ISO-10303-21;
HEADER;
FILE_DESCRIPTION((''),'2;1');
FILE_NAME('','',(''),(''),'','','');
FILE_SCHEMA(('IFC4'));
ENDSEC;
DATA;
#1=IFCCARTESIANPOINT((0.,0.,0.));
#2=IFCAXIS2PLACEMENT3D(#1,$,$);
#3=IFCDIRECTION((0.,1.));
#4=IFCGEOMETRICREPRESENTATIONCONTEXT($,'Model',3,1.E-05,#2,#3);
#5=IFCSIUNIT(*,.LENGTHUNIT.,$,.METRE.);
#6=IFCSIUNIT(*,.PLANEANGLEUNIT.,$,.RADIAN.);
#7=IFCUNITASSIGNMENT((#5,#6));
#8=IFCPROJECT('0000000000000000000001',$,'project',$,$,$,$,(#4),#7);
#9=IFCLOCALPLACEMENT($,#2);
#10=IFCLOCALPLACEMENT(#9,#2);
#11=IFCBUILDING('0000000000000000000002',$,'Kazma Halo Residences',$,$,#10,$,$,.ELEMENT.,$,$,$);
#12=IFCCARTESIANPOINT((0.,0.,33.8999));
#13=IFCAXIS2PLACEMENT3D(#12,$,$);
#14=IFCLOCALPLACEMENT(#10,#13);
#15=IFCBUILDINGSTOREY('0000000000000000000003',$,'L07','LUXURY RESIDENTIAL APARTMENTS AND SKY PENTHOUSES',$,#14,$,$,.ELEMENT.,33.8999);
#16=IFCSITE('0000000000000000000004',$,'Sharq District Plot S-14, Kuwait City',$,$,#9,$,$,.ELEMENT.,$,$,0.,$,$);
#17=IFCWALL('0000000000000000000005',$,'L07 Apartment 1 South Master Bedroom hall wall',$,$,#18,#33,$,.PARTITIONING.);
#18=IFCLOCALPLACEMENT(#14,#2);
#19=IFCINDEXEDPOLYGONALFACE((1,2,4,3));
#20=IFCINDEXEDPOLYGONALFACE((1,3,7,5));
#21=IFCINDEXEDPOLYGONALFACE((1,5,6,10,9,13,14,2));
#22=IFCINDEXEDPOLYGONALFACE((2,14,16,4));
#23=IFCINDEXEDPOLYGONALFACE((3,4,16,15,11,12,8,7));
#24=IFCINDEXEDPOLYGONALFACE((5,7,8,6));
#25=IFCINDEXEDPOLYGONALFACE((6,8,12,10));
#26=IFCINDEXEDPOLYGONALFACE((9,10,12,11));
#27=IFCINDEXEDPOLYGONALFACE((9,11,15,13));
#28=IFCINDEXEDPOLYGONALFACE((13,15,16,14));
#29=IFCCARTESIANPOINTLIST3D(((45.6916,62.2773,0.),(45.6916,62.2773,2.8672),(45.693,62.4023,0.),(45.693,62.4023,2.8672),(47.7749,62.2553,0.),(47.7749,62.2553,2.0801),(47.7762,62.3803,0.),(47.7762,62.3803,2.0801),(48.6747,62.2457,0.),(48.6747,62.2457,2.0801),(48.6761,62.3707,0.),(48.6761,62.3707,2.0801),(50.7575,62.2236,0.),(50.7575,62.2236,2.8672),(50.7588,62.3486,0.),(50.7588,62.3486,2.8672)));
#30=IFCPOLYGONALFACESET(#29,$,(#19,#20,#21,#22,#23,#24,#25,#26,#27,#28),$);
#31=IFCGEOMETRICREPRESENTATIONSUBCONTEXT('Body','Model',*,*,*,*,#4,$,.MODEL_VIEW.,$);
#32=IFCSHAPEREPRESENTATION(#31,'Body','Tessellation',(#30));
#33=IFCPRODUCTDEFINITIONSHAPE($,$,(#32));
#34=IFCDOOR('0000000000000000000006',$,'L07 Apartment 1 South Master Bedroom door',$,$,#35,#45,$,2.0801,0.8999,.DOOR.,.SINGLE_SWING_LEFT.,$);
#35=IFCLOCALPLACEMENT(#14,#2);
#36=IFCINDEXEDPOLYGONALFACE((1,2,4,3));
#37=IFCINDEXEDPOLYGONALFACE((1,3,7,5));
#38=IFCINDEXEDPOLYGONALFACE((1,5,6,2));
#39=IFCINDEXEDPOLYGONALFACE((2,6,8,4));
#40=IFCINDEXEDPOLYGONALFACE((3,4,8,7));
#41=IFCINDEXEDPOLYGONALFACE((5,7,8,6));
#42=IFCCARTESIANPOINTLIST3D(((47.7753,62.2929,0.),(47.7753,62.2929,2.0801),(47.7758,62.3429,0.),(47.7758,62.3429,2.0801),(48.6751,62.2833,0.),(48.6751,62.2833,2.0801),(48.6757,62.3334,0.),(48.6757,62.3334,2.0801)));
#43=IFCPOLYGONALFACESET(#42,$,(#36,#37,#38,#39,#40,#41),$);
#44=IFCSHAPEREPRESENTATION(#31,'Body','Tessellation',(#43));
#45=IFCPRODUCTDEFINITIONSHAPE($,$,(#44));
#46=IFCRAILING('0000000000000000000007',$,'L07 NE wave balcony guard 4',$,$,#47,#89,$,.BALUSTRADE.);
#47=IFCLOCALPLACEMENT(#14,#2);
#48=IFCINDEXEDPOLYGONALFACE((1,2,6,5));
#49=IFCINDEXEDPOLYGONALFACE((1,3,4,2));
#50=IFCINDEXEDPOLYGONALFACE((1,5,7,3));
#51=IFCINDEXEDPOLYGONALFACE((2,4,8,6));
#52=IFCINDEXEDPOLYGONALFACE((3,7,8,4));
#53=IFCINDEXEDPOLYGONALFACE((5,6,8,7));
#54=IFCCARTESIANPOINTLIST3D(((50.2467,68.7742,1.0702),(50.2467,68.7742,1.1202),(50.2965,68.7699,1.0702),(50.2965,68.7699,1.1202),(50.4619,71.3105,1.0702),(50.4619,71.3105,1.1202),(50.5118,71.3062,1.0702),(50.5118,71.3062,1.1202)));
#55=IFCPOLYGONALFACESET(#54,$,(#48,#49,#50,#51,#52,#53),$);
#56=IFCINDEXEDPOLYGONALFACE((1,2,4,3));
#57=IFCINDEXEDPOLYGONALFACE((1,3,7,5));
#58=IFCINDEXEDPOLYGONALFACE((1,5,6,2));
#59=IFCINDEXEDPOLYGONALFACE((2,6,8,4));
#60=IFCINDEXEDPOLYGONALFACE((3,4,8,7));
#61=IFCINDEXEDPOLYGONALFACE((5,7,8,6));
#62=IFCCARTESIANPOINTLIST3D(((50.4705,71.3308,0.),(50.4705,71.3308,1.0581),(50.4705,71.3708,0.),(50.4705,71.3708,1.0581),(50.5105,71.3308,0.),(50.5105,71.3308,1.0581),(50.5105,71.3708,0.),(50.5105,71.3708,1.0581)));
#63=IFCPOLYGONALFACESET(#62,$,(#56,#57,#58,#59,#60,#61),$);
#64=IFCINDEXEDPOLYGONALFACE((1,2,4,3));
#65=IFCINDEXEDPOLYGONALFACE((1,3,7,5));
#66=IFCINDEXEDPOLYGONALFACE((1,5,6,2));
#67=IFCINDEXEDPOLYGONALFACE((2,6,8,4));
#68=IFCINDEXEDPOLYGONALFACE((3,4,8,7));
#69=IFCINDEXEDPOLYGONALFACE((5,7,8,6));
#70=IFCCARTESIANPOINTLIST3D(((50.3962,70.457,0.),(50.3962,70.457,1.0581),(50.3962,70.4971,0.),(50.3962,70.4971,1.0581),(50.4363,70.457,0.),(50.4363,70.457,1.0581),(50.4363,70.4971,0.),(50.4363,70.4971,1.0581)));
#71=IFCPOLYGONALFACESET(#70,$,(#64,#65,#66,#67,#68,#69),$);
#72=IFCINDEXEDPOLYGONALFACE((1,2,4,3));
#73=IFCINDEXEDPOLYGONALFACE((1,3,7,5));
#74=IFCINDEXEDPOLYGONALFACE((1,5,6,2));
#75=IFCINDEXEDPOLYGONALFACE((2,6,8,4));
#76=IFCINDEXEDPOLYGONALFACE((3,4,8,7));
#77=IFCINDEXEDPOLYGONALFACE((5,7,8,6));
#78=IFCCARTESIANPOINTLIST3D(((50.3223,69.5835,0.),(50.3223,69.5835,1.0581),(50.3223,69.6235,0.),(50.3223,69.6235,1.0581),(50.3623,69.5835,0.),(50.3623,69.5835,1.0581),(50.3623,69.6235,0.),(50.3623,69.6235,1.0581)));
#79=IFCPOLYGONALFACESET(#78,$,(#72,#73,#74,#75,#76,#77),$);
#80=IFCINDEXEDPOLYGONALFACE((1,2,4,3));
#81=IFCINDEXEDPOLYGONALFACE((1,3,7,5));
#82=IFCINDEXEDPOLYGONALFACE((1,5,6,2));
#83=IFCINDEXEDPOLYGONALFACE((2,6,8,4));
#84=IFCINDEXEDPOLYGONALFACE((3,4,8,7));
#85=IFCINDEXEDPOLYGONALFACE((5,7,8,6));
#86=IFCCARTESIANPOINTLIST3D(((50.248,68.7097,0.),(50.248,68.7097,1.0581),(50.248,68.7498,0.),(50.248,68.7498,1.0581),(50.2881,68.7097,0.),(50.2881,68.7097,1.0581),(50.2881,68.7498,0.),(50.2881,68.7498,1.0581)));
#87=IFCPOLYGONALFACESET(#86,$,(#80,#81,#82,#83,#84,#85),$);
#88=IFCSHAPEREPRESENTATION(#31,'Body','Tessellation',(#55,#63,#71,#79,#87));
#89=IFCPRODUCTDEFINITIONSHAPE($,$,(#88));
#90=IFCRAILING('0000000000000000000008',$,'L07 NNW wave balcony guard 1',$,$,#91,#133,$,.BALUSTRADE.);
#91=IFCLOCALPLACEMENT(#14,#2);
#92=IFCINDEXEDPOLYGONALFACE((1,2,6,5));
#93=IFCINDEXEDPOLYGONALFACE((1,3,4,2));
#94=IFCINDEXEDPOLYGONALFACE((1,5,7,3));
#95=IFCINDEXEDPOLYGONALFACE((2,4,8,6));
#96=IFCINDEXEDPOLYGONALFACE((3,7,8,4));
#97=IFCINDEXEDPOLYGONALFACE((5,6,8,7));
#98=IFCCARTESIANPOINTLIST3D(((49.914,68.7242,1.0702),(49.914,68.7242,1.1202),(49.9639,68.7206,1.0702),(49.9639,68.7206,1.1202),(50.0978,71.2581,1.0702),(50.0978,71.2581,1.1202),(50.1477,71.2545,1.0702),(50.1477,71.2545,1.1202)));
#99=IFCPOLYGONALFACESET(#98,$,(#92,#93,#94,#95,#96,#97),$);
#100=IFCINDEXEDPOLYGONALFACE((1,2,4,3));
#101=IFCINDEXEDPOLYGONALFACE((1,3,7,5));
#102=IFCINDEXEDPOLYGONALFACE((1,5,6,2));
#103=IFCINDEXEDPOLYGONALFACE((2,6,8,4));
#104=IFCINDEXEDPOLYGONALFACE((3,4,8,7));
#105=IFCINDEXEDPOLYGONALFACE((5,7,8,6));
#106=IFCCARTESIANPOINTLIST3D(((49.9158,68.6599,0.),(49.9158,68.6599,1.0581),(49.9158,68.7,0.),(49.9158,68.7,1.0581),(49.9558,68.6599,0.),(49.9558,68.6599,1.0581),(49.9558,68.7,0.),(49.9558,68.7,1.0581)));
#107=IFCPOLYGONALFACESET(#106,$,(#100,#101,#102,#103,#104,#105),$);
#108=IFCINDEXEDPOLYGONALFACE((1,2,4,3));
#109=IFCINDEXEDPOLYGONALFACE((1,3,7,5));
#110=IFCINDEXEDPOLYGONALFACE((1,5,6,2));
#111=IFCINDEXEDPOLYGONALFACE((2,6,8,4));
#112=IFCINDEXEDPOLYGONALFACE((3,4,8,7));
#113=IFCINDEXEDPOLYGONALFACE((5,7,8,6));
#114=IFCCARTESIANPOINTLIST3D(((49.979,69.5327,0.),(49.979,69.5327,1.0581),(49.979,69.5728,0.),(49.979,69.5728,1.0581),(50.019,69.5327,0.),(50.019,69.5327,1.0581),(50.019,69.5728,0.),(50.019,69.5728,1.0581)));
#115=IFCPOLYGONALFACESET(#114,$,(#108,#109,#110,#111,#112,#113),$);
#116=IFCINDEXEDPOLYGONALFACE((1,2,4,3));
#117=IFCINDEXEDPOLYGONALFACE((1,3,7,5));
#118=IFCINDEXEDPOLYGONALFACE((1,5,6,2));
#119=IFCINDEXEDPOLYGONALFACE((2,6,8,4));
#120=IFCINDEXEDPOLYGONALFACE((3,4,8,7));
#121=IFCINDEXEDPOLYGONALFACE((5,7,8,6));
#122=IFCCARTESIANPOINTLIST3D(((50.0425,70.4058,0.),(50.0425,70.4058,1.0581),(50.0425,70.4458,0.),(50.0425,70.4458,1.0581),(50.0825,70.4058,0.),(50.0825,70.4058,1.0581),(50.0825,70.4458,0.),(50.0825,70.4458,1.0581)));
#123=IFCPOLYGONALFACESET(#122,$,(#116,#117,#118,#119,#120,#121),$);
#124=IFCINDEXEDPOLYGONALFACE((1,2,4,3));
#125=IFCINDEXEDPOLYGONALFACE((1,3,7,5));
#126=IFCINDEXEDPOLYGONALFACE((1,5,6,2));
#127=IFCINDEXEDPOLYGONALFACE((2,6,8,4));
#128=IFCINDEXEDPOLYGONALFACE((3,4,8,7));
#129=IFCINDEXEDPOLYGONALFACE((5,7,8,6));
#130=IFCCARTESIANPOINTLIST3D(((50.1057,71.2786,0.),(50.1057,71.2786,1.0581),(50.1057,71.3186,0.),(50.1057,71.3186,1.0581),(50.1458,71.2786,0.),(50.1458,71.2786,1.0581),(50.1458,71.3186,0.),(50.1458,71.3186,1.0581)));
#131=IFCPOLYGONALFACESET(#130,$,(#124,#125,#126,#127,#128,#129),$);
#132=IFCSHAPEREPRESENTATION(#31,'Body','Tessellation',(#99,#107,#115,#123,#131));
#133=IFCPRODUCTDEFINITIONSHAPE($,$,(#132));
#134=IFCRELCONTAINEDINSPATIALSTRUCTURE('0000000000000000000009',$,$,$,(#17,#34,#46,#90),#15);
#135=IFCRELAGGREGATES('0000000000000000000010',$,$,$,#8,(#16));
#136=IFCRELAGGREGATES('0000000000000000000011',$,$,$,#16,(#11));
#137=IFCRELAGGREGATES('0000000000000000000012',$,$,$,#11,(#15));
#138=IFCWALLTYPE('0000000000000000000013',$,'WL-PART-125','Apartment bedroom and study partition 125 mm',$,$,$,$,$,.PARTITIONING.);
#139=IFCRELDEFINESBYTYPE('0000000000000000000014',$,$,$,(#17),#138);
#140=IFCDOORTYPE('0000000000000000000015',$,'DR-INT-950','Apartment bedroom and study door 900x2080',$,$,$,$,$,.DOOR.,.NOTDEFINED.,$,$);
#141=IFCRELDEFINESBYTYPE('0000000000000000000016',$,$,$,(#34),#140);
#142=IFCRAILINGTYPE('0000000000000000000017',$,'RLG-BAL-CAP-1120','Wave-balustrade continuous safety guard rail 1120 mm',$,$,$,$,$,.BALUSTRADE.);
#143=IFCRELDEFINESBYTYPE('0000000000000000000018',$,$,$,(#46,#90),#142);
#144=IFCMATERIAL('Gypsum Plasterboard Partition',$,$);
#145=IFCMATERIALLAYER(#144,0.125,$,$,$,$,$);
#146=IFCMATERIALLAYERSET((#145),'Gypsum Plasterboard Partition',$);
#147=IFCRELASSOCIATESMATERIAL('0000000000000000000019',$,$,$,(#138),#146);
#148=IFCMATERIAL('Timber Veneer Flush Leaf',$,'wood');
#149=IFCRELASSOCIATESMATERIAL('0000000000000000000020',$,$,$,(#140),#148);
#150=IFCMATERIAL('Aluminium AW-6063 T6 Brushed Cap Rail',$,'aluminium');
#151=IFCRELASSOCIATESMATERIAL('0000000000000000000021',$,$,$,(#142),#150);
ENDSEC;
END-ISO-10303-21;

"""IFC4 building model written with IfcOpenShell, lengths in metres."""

from ifc_helpers import new_model, si_unit, direction, frame, frame_2d, origin, origin_2d, place, context, subcontext, project, spatial, rectangle, extrude, material, layer, layer_set, type_object, element, fill, save


model = new_model("IFC4")

# Units and contexts
model_context = context("Model", 3, precision=1e-05, world=origin(), true_north=direction((0.0, 1.0)))
body_context = subcontext(model_context, "Body", "Model", "MODEL_VIEW")
ifc_project = project(units=[si_unit("LENGTHUNIT", "METRE"), si_unit("PLANEANGLEUNIT", "RADIAN")], contexts=[model_context])

# Site, building, storey
site_placement = place(None, origin())
site = spatial("IfcSite", under=ifc_project, at=site_placement, Name="Sharq District Plot S-14, Kuwait City", CompositionType="ELEMENT", RefElevation=0.0)
building_placement = place(site_placement, origin())
building = spatial("IfcBuilding", under=site, at=building_placement, Name="Kazma Halo Residences", CompositionType="ELEMENT")
storey_placement = place(building_placement, frame((0.0, 0.0, 33.8999)))
storey = spatial("IfcBuildingStorey", under=building, at=storey_placement, Name="L07", Description="LUXURY RESIDENTIAL APARTMENTS AND SKY PENTHOUSES", CompositionType="ELEMENT", Elevation=33.8999)

# Shared definitions
ifc_material_1 = material(Name="Gypsum Plasterboard Partition")
ifc_layer_1 = layer(ifc_material_1, 0.125)
ifc_layer_set_1 = layer_set([ifc_layer_1], Name="Gypsum Plasterboard Partition")
wall_type_1 = type_object("IfcWallType", Name="WL-PART-125", Description="Apartment bedroom and study partition 125 mm", PredefinedType="PARTITIONING", material=ifc_layer_set_1)

# Shared definitions
ifc_material_2 = material(Name="Timber Veneer Flush Leaf", Category="wood")
door_type_1 = type_object("IfcDoorType", Name="DR-INT-950", Description="Apartment bedroom and study door 900x2080", OperationType="NOTDEFINED", PredefinedType="DOOR", material=ifc_material_2)

# Wall, opening, door
wall_1_placement = place(storey_placement, frame((50.7583, 62.2861, 0.0), z_axis=(0.0, 0.0, 1.0), x_axis=(-0.999944, 0.010602, 0.0)))
wall_1 = element("IfcWall", 1, at=wall_1_placement, inside=storey, type_object=wall_type_1, Name="L07 Apartment 1 South Master Bedroom hall wall", PredefinedType="PARTITIONING", context=body_context, shape_type="SweptSolid", body=[
    extrude(rectangle(XDim=5.0662, YDim=0.125, at=frame_2d((2.5332, 0.0))), origin(), (0.0, 0.0, 1.0), 2.8672),
])
opening_1_placement = place(wall_1_placement, frame((2.083, 0.0, 0.0)))
opening_1 = element("IfcOpeningElement", 2, at=opening_1_placement, cuts=wall_1, PredefinedType="OPENING", context=body_context, shape_type="SweptSolid", body=[
    extrude(rectangle(XDim=0.8999, YDim=2.0801, at=frame_2d((0.45, 1.04))), frame((0.0, 0.0725, 0.0), z_axis=(0.0, -1.0, 0.0), x_axis=(1.0, 0.0, 0.0)), (0.0, 0.0, 1.0), 0.145),
])
door_1_placement = place(opening_1_placement, origin())
door_1 = element("IfcDoor", 3, at=door_1_placement, inside=storey, type_object=door_type_1, Name="L07 Apartment 1 South Master Bedroom door", OperationType="SINGLE_SWING_LEFT", OverallHeight=2.0801, OverallWidth=0.8999, PredefinedType="DOOR", context=body_context, shape_type="SweptSolid", body=[
    extrude(rectangle(XDim=0.8999, YDim=2.0801, at=frame_2d((0.45, 1.04))), frame((0.0, 0.0249, 0.0), z_axis=(0.0, -1.0, 0.0), x_axis=(1.0, 0.0, 0.0)), (0.0, 0.0, 1.0), 0.05),
])
fill(opening_1, door_1)

# Railings
ifc_material_3 = material(Name="Aluminium AW-6063 T6 Brushed Cap Rail", Category="aluminium")
railing_type = type_object("IfcRailingType", Name="RLG-BAL-CAP-1120", Description="Wave-balustrade continuous safety guard rail 1120 mm", PredefinedType="BALUSTRADE", material=ifc_material_3)
railing_1_placement = place(storey_placement, frame((50.4905, 71.3508, 0.0)))
element("IfcRailing", 4, at=railing_1_placement, inside=storey, type_object=railing_type, Name="L07 NE wave balcony guard 4", PredefinedType="BALUSTRADE", context=body_context, shape_type="SweptSolid", body=[
    extrude(rectangle(XDim=0.05, YDim=0.05, at=origin_2d()), frame((-0.0037, -0.0425, 1.0952), z_axis=(-0.084551, -0.996419, 0.0), x_axis=(0.996419, -0.084551, 0.0)), (0.0, 0.0, 1.0), 2.5454),
    extrude(rectangle(XDim=0.04, YDim=0.04, at=origin_2d()), origin(), (0.0, 0.0, 1.0), 1.0581),
    extrude(rectangle(XDim=0.04, YDim=0.04, at=origin_2d()), frame((-0.0742, -0.8738, 0.0)), (0.0, 0.0, 1.0), 1.0581),
    extrude(rectangle(XDim=0.04, YDim=0.04, at=origin_2d()), frame((-0.1482, -1.7473, 0.0)), (0.0, 0.0, 1.0), 1.0581),
    extrude(rectangle(XDim=0.04, YDim=0.04, at=origin_2d()), frame((-0.2224, -2.6211, 0.0)), (0.0, 0.0, 1.0), 1.0581),
])
railing_2_placement = place(storey_placement, frame((49.9358, 68.6799, 0.0)))
element("IfcRailing", 5, at=railing_2_placement, inside=storey, type_object=railing_type, Name="L07 NNW wave balcony guard 1", PredefinedType="BALUSTRADE", context=body_context, shape_type="SweptSolid", body=[
    extrude(rectangle(XDim=0.05, YDim=0.05, at=origin_2d()), frame((0.0032, 0.0425, 1.0952), z_axis=(0.072344, 0.99738, 0.0), x_axis=(-0.99738, 0.072344, 0.0)), (0.0, 0.0, 1.0), 2.5405),
    extrude(rectangle(XDim=0.04, YDim=0.04, at=origin_2d()), origin(), (0.0, 0.0, 1.0), 1.0581),
    extrude(rectangle(XDim=0.04, YDim=0.04, at=origin_2d()), frame((0.0632, 0.8728, 0.0)), (0.0, 0.0, 1.0), 1.0581),
    extrude(rectangle(XDim=0.04, YDim=0.04, at=origin_2d()), frame((0.1267, 1.7458, 0.0)), (0.0, 0.0, 1.0), 1.0581),
    extrude(rectangle(XDim=0.04, YDim=0.04, at=origin_2d()), frame((0.1899, 2.6187, 0.0)), (0.0, 0.0, 1.0), 1.0581),
])

save(model, "model.ifc")
